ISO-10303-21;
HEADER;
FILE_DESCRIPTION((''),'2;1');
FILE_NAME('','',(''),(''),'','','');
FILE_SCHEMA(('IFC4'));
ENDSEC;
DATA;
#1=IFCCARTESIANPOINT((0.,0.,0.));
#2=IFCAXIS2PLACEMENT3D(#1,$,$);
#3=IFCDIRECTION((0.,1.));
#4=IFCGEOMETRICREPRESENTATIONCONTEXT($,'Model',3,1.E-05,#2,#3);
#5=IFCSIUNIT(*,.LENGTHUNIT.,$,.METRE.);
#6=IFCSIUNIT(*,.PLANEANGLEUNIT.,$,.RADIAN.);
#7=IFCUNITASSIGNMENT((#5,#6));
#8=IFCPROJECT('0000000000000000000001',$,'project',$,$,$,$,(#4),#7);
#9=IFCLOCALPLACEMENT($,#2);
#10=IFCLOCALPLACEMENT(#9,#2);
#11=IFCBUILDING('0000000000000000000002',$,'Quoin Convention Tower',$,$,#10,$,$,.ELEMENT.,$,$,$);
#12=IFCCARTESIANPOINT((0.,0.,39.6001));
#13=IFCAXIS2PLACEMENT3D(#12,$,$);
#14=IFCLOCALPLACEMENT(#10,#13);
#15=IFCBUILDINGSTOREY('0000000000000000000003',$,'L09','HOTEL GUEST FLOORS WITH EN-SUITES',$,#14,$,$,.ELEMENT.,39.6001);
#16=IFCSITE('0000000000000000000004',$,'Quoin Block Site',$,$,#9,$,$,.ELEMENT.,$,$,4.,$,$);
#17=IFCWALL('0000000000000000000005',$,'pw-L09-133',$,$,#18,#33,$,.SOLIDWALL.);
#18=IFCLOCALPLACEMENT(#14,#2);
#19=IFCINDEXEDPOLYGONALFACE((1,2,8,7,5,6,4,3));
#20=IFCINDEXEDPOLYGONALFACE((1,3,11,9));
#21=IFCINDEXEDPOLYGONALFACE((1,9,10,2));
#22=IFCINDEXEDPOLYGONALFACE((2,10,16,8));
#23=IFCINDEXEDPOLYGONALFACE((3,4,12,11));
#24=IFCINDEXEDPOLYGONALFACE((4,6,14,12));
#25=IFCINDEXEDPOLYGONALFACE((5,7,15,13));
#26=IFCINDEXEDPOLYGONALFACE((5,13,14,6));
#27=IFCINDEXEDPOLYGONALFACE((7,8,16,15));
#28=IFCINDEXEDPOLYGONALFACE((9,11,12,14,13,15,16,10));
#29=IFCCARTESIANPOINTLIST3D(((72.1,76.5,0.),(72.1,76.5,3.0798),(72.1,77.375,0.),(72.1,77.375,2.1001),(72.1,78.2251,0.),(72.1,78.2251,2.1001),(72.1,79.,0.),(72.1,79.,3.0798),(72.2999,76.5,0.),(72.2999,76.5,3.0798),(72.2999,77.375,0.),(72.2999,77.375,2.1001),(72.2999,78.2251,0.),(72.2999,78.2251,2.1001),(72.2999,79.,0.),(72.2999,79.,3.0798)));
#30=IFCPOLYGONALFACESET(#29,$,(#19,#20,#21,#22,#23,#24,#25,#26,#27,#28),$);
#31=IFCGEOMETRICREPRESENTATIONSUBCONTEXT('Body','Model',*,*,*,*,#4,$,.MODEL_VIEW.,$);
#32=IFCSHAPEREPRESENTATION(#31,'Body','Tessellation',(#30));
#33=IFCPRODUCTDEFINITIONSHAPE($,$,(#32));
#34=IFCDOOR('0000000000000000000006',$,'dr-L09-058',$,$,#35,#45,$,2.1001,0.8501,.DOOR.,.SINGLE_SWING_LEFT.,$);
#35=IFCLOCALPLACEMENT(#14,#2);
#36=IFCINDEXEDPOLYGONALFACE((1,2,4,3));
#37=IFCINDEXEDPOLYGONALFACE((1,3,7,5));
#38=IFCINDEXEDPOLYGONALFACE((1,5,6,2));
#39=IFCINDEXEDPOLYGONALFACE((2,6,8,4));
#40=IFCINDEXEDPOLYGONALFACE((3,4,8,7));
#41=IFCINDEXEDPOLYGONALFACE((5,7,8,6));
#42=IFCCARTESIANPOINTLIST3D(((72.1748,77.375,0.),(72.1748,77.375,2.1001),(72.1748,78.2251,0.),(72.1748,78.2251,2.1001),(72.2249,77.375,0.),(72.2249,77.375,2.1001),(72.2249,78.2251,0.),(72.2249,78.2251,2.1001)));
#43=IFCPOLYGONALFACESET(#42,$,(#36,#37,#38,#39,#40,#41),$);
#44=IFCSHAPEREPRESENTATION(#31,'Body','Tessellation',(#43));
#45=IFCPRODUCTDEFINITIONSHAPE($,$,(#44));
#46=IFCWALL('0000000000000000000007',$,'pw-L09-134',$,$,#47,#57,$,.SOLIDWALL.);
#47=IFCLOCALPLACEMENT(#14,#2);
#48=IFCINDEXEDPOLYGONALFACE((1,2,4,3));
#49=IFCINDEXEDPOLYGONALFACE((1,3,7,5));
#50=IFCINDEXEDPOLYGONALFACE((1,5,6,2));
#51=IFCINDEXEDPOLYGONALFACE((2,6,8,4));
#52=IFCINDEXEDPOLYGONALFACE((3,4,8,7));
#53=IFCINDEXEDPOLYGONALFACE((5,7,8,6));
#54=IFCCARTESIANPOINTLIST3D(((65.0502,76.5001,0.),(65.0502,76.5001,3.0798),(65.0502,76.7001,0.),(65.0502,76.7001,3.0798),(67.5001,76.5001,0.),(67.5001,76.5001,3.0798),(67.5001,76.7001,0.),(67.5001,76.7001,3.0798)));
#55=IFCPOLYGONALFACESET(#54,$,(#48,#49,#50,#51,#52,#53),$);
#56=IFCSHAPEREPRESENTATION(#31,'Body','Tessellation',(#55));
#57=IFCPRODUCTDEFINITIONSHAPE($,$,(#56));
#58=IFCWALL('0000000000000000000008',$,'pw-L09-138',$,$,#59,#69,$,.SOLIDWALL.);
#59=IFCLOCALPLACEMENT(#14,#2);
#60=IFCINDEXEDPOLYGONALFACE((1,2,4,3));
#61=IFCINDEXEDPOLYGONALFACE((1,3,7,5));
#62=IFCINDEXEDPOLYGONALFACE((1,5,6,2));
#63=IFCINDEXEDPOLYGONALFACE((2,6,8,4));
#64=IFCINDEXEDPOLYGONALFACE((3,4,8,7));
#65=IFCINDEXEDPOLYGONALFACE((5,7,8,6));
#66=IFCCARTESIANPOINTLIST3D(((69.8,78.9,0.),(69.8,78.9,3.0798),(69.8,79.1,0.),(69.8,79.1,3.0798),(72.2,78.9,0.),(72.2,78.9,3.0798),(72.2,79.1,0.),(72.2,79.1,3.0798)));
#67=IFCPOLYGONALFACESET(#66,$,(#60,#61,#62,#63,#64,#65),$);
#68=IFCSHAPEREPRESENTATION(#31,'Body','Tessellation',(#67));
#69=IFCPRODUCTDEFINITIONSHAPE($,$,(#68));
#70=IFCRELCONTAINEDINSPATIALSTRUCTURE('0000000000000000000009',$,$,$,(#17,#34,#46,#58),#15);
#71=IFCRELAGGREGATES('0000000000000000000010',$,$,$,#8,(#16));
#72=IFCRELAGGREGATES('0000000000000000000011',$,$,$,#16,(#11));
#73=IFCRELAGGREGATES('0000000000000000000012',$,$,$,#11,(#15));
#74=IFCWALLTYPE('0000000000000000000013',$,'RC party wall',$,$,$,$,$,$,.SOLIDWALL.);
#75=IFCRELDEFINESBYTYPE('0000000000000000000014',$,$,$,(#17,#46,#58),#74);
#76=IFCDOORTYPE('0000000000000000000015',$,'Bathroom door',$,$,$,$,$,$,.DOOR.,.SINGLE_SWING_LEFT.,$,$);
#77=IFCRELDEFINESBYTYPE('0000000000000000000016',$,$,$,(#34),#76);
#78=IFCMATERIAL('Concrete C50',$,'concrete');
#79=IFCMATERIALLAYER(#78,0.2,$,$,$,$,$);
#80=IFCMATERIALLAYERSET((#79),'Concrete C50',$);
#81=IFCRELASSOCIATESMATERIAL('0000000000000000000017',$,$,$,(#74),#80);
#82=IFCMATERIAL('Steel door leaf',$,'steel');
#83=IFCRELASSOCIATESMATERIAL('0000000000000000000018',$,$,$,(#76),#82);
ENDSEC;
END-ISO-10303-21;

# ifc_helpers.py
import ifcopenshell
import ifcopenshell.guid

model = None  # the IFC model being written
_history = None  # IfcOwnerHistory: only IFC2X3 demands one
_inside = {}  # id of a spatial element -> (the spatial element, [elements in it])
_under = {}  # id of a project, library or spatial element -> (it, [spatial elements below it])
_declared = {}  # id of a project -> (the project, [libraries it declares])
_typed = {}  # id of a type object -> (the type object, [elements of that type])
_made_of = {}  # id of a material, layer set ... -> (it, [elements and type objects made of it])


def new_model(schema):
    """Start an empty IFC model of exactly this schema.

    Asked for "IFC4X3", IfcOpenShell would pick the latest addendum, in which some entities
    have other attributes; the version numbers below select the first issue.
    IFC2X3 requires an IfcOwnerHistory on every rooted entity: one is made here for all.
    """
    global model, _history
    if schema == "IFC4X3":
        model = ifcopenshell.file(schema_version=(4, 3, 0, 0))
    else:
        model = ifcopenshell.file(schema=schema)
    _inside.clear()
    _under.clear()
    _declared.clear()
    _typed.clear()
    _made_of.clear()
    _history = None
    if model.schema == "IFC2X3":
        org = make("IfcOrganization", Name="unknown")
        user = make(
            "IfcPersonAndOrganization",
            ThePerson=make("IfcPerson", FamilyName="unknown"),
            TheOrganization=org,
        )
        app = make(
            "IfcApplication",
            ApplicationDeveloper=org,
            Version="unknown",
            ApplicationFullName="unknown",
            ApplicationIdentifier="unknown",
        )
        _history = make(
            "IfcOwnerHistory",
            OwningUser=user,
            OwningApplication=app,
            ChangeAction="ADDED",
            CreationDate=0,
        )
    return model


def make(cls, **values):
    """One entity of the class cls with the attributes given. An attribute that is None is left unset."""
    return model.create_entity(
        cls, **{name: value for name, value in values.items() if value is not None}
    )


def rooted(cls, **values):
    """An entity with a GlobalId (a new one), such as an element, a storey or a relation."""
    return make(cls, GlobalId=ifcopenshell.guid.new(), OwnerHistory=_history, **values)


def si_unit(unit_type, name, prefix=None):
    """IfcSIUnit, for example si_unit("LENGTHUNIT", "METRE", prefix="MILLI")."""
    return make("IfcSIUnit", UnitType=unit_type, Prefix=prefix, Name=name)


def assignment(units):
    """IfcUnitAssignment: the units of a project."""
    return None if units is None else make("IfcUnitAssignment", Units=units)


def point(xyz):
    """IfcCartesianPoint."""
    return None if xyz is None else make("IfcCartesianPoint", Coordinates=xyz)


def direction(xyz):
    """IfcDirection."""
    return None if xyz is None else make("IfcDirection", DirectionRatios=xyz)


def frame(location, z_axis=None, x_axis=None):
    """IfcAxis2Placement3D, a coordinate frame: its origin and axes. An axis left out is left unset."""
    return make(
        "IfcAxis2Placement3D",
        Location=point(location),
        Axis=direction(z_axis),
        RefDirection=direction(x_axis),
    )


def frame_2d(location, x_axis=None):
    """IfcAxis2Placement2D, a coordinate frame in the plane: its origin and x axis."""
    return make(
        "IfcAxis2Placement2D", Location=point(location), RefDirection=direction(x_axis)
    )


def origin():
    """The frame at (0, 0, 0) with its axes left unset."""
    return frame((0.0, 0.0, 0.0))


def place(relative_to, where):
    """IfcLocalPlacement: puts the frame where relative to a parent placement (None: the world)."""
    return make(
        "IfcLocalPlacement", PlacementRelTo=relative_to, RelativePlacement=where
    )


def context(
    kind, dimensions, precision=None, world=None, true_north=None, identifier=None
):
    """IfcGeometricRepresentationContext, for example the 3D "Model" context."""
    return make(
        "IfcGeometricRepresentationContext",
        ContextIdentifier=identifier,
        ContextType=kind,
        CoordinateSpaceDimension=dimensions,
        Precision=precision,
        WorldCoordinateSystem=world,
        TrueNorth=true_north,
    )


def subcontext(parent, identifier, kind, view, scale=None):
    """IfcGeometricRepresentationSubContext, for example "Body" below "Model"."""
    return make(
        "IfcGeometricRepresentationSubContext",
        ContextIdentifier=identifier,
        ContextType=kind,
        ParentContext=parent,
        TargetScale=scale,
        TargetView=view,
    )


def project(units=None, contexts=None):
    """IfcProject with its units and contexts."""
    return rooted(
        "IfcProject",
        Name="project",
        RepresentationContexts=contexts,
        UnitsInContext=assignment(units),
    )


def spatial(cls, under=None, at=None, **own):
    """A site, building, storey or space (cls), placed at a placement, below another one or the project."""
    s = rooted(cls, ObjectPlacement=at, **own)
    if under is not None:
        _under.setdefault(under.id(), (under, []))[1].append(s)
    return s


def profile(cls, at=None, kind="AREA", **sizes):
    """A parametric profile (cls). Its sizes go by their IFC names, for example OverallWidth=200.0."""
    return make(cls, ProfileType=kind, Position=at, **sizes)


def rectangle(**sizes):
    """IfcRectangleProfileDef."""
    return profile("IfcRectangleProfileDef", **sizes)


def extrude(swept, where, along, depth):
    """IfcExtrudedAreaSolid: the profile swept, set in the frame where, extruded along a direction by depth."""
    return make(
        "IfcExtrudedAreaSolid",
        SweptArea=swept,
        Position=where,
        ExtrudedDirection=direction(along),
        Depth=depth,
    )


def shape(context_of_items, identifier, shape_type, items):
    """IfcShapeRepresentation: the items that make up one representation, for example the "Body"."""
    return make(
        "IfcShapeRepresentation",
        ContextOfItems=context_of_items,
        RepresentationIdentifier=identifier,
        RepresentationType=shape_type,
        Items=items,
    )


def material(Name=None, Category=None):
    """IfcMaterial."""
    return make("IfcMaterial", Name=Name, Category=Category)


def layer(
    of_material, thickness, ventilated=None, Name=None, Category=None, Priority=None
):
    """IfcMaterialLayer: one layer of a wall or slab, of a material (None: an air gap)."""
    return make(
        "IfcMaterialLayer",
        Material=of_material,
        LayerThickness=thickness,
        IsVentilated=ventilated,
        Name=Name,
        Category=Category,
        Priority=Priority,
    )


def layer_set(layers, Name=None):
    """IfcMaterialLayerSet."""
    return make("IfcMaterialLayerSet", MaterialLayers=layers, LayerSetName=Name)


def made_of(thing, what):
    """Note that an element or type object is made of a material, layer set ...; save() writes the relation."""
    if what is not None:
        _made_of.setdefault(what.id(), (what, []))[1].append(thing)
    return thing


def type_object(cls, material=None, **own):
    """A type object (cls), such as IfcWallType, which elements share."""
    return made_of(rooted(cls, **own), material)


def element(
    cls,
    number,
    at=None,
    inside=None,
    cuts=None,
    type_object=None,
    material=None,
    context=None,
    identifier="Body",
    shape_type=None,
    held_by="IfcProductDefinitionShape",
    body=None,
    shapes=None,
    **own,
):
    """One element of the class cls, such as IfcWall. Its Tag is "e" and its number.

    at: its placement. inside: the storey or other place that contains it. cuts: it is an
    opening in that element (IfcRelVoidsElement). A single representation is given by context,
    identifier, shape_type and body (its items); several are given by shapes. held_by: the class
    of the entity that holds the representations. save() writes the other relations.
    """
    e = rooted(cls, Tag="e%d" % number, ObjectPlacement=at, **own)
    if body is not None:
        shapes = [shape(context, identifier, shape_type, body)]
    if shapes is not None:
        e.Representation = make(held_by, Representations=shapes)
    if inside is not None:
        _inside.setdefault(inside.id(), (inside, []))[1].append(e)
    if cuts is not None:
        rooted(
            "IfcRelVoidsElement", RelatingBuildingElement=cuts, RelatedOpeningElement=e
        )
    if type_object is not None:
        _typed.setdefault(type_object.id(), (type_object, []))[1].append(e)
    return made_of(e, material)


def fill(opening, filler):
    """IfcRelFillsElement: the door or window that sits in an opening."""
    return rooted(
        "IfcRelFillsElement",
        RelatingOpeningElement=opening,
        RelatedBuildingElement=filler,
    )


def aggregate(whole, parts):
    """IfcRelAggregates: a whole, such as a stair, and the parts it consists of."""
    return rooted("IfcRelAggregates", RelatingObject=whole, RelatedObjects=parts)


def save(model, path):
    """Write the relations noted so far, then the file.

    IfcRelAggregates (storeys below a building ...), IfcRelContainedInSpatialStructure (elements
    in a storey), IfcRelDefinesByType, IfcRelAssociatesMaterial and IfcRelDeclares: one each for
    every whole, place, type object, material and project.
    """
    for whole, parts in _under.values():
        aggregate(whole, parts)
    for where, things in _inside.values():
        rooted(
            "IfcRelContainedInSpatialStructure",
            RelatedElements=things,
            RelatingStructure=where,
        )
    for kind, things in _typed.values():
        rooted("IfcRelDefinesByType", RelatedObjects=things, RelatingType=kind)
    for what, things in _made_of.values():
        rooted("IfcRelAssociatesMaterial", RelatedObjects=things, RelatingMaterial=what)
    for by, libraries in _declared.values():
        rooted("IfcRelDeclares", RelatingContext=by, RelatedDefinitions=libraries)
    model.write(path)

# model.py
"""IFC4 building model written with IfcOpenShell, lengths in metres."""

from ifc_helpers import new_model, si_unit, direction, frame, frame_2d, origin, place, context, subcontext, project, spatial, rectangle, extrude, material, layer, layer_set, type_object, element, fill, save


model = new_model("IFC4")

# Units and contexts
model_context = context("Model", 3, precision=1e-05, world=origin(), true_north=direction((0.0, 1.0)))
body_context = subcontext(model_context, "Body", "Model", "MODEL_VIEW")
ifc_project = project(units=[si_unit("LENGTHUNIT", "METRE"), si_unit("PLANEANGLEUNIT", "RADIAN")], contexts=[model_context])

# Site, building, storey
site_placement = place(None, origin())
site = spatial("IfcSite", under=ifc_project, at=site_placement, Name="Quoin Block Site", CompositionType="ELEMENT", RefElevation=4.0)
building_placement = place(site_placement, origin())
building = spatial("IfcBuilding", under=site, at=building_placement, Name="Quoin Convention Tower", CompositionType="ELEMENT")
storey_placement = place(building_placement, frame((0.0, 0.0, 39.6001)))
storey = spatial("IfcBuildingStorey", under=building, at=storey_placement, Name="L09", Description="HOTEL GUEST FLOORS WITH EN-SUITES", CompositionType="ELEMENT", Elevation=39.6001)

# Shared definitions
ifc_material_1 = material(Name="Concrete C50", Category="concrete")
ifc_layer_1 = layer(ifc_material_1, 0.2)
ifc_layer_set_1 = layer_set([ifc_layer_1], Name="Concrete C50")
wall_type_1 = type_object("IfcWallType", Name="RC party wall", PredefinedType="SOLIDWALL", material=ifc_layer_set_1)

# Wall, opening, door
wall_1_placement = place(storey_placement, frame((72.2, 76.5, 0.0), z_axis=(0.0, 0.0, 1.0), x_axis=(0.0, 1.0, 0.0)))
wall_1 = element("IfcWall", 1, at=wall_1_placement, inside=storey, type_object=wall_type_1, Name="pw-L09-133", PredefinedType="SOLIDWALL", context=body_context, shape_type="SweptSolid", body=[
    extrude(rectangle(XDim=2.5, YDim=0.2, at=frame_2d((1.25, 0.0))), origin(), (0.0, 0.0, 1.0), 3.0798),
])
opening_1_placement = place(wall_1_placement, frame((0.875, 0.0, 0.0)))
opening_1 = element("IfcOpeningElement", 2, at=opening_1_placement, cuts=wall_1, PredefinedType="OPENING", context=body_context, shape_type="SweptSolid", body=[
    extrude(rectangle(XDim=0.8501, YDim=2.1001, at=frame_2d((0.425, 1.05))), frame((0.0, 0.1099, 0.0), z_axis=(0.0, -1.0, 0.0), x_axis=(1.0, 0.0, 0.0)), (0.0, 0.0, 1.0), 0.22),
])
ifc_material_2 = material(Name="Steel door leaf", Category="steel")
door_type = type_object("IfcDoorType", Name="Bathroom door", OperationType="SINGLE_SWING_LEFT", PredefinedType="DOOR", material=ifc_material_2)
door_placement = place(opening_1_placement, frame((0.8501, 0.0, 0.0), z_axis=(0.0, 0.0, 1.0), x_axis=(-1.0, 0.0, 0.0)))
door = element("IfcDoor", 3, at=door_placement, inside=storey, type_object=door_type, Name="dr-L09-058", OperationType="SINGLE_SWING_LEFT", OverallHeight=2.1001, OverallWidth=0.8501, PredefinedType="DOOR", context=body_context, shape_type="SweptSolid", body=[
    extrude(rectangle(XDim=0.8501, YDim=2.1001, at=frame_2d((0.425, 1.05))), frame((0.0, 0.0249, 0.0), z_axis=(0.0, -1.0, 0.0), x_axis=(1.0, 0.0, 0.0)), (0.0, 0.0, 1.0), 0.05),
])
fill(opening_1, door)

# Walls
wall_2_placement = place(storey_placement, frame((65.05, 76.6001, 0.0), z_axis=(0.0, 0.0, 1.0), x_axis=(1.0, 0.0, 0.0)))
element("IfcWall", 4, at=wall_2_placement, inside=storey, type_object=wall_type_1, Name="pw-L09-134", PredefinedType="SOLIDWALL", context=body_context, shape_type="SweptSolid", body=[
    extrude(rectangle(XDim=2.45, YDim=0.2, at=frame_2d((1.2251, 0.0))), origin(), (0.0, 0.0, 1.0), 3.0798),
])
wall_3_placement = place(storey_placement, frame((69.8, 79.0, 0.0), z_axis=(0.0, 0.0, 1.0), x_axis=(1.0, 0.0, 0.0)))
element("IfcWall", 5, at=wall_3_placement, inside=storey, type_object=wall_type_1, Name="pw-L09-138", PredefinedType="SOLIDWALL", context=body_context, shape_type="SweptSolid", body=[
    extrude(rectangle(XDim=2.3999, YDim=0.2, at=frame_2d((1.2, 0.0))), origin(), (0.0, 0.0, 1.0), 3.0798),
])

save(model, "model.ifc")
